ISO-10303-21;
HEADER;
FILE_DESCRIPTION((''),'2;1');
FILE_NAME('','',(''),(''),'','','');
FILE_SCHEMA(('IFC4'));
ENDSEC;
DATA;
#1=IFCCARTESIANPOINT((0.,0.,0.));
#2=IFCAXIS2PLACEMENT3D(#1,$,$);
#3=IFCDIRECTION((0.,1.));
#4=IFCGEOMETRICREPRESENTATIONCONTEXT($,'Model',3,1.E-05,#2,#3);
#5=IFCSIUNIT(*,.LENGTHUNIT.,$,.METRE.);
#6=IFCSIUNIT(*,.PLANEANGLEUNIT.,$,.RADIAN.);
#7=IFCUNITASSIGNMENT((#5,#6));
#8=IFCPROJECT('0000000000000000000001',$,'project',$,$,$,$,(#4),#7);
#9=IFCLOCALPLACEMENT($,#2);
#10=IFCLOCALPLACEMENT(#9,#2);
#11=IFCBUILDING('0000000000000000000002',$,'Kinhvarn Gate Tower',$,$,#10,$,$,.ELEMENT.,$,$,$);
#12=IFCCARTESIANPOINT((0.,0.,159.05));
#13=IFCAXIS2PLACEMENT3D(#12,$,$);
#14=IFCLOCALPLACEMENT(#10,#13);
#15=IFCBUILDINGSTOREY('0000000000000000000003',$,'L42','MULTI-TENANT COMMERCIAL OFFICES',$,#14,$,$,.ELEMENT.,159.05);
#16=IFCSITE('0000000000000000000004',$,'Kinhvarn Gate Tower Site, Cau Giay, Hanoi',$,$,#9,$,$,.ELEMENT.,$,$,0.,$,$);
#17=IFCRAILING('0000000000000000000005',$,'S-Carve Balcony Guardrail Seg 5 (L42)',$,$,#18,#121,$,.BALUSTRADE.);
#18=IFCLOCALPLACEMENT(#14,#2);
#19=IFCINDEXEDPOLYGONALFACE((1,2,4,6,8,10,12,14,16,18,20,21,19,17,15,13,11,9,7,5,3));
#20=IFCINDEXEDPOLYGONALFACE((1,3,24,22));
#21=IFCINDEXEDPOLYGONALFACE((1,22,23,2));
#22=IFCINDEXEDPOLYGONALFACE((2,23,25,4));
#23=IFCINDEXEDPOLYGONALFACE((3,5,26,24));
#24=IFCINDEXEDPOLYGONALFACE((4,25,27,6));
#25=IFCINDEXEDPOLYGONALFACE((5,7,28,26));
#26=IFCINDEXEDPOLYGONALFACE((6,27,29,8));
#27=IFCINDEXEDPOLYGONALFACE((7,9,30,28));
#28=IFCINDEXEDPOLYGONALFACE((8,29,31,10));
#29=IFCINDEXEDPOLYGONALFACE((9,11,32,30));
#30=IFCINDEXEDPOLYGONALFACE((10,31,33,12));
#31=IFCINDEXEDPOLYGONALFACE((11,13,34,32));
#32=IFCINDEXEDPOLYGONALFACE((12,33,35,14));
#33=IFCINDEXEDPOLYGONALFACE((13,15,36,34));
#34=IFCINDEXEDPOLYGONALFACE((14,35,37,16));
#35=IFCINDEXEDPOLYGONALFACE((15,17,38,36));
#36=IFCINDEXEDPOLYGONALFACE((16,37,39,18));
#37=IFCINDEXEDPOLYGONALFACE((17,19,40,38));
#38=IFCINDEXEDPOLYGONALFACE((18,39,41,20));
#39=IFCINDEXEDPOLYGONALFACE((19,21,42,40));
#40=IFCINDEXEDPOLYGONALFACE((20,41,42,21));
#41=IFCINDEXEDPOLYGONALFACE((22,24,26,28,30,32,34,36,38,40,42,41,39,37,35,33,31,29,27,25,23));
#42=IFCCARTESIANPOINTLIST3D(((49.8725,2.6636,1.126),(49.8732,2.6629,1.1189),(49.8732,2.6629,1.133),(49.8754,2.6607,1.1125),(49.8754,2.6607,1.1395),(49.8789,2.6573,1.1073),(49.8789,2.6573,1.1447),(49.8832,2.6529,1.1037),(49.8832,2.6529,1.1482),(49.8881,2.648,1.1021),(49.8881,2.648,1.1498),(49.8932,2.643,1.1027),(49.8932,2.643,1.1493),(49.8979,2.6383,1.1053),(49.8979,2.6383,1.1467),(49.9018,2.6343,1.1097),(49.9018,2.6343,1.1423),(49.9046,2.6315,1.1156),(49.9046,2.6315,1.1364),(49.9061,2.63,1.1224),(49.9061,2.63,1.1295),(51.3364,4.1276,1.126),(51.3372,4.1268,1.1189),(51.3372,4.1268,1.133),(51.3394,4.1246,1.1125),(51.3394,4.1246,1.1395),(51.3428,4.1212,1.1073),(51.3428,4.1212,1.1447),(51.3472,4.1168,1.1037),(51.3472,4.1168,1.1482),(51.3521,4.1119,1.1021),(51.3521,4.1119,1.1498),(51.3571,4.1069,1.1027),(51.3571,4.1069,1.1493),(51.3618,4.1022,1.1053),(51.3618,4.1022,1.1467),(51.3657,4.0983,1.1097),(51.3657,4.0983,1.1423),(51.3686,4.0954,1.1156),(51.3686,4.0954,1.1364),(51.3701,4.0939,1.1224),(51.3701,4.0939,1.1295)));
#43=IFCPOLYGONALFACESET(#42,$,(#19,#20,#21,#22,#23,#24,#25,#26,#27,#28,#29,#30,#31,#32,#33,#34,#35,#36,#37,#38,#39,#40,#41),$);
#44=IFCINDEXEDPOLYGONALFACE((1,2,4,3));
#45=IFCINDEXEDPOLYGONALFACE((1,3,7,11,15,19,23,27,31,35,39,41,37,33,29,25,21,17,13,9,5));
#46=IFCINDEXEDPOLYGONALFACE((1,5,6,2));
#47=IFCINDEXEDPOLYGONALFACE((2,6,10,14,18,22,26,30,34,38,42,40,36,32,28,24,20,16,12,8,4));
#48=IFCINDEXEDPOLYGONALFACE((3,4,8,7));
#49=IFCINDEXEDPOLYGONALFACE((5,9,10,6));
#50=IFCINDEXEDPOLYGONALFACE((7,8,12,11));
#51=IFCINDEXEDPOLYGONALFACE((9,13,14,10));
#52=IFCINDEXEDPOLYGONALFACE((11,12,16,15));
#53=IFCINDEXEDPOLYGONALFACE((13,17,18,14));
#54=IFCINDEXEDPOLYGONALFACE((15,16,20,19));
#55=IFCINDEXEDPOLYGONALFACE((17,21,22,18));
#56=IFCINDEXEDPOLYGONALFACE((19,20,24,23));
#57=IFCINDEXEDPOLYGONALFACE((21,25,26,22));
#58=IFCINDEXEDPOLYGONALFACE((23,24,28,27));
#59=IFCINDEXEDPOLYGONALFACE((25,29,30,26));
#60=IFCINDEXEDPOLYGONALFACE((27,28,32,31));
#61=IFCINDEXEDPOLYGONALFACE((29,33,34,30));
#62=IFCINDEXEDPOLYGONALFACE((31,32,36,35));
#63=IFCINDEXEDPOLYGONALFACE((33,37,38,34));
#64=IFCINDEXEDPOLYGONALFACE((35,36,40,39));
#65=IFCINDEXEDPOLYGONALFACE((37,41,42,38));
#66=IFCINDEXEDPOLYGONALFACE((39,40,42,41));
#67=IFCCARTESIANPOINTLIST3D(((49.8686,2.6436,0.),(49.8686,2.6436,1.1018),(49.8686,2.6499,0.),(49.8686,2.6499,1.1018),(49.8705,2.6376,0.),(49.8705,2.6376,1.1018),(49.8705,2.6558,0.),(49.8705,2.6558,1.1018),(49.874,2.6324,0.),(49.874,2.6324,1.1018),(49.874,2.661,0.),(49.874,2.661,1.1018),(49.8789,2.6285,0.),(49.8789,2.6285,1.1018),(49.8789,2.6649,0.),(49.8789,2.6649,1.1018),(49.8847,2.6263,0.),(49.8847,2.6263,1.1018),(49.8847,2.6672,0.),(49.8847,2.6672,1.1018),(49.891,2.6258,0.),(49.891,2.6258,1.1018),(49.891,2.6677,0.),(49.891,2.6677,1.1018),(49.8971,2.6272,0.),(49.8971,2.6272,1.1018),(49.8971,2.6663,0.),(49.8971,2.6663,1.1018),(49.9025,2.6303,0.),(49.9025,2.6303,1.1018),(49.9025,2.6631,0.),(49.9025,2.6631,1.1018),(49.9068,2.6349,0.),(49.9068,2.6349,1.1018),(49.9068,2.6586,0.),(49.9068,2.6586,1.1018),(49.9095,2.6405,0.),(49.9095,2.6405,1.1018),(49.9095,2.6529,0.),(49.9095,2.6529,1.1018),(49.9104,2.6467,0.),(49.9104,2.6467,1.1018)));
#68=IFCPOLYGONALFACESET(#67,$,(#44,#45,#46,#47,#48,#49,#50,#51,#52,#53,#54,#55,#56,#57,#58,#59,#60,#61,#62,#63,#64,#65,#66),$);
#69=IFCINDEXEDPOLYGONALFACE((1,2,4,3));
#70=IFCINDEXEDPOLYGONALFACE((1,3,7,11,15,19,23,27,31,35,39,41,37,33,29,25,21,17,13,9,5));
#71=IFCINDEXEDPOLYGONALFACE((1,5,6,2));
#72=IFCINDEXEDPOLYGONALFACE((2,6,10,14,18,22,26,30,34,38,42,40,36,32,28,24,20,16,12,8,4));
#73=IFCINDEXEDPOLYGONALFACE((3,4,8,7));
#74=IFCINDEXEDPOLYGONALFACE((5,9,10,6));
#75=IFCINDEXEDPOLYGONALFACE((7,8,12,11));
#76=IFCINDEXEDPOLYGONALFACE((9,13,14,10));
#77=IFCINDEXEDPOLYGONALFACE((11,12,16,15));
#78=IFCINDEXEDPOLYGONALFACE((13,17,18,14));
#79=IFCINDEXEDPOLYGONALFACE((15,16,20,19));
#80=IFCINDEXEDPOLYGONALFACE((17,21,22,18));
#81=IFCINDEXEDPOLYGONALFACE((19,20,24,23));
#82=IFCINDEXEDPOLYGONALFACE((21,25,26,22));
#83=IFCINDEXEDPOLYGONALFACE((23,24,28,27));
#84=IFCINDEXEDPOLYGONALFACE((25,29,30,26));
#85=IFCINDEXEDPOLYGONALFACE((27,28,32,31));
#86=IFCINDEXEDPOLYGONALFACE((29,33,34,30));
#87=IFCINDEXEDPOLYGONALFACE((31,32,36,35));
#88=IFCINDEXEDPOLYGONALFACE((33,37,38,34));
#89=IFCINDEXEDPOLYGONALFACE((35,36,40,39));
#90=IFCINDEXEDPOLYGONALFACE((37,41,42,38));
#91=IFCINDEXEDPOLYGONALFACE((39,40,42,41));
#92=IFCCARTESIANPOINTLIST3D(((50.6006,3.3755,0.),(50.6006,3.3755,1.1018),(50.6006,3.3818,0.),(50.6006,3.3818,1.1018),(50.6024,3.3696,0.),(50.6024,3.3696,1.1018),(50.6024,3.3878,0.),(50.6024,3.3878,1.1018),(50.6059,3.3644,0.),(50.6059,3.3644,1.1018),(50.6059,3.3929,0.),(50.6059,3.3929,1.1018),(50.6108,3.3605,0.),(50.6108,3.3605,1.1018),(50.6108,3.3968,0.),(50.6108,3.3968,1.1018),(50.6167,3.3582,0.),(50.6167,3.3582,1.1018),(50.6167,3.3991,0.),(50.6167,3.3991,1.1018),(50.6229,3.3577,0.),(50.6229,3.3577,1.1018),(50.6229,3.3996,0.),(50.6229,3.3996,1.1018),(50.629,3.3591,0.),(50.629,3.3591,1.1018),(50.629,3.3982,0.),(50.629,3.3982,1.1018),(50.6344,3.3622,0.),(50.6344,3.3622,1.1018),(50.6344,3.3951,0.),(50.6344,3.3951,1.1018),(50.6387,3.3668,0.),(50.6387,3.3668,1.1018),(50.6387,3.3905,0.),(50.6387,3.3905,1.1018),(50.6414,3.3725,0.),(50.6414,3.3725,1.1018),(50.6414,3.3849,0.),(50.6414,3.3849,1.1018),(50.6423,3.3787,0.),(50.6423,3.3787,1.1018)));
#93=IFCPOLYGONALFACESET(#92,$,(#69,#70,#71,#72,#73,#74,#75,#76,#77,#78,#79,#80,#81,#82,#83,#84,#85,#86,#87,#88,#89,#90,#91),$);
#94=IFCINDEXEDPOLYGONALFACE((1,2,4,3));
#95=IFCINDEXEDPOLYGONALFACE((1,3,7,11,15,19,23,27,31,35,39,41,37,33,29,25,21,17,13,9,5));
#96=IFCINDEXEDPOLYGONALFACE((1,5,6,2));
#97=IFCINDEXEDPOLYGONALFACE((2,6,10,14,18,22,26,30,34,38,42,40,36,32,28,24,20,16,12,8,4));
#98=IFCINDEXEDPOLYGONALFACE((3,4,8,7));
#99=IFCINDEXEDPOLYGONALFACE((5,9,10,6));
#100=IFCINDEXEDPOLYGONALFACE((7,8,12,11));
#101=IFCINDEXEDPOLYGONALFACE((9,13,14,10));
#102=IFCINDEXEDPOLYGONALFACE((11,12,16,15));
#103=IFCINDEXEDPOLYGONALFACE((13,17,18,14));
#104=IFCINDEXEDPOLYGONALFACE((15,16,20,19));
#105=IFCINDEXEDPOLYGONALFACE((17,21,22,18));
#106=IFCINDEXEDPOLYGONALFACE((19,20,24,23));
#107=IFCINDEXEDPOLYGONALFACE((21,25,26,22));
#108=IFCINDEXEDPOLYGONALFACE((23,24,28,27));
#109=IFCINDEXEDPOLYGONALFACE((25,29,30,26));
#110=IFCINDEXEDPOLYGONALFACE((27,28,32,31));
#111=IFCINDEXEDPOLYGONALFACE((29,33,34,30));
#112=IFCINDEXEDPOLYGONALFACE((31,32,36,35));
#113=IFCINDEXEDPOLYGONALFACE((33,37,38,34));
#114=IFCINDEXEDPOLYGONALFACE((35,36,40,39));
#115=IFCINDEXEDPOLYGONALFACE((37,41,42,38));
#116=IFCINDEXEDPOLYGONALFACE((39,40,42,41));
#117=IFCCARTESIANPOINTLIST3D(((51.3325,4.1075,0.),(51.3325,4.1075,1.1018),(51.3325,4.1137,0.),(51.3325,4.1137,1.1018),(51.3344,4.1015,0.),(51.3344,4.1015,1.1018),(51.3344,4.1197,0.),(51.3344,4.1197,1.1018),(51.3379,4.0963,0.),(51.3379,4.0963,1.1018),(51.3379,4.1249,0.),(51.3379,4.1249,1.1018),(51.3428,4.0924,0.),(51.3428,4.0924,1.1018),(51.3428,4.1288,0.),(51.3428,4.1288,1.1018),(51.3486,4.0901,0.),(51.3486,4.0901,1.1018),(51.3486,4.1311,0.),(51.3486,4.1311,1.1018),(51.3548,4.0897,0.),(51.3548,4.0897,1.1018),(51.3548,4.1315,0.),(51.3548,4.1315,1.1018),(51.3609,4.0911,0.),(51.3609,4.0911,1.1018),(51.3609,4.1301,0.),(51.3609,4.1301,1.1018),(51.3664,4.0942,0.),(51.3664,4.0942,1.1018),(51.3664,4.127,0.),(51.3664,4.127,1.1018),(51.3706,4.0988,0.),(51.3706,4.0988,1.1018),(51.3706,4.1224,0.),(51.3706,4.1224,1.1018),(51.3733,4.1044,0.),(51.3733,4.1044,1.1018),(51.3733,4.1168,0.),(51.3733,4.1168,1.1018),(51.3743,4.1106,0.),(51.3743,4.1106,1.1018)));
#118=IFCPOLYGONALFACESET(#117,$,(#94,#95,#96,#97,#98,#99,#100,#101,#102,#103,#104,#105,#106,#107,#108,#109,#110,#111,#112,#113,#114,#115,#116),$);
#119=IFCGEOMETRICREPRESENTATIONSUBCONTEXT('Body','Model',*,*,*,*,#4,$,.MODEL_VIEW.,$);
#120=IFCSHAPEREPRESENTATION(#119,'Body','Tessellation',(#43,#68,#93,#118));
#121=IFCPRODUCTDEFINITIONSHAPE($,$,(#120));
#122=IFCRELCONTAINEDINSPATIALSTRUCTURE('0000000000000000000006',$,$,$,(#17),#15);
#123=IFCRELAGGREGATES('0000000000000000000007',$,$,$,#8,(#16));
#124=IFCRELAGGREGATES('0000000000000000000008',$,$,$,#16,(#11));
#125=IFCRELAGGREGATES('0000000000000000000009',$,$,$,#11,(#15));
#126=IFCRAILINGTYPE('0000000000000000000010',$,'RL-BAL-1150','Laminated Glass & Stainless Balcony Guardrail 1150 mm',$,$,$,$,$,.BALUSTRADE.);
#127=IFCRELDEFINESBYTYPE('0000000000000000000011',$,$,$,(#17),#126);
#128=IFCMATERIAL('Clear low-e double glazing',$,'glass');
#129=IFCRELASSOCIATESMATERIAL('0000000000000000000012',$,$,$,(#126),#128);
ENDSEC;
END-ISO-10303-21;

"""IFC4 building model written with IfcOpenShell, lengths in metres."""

from ifc_helpers import new_model, si_unit, direction, frame, origin, origin_2d, place, context, subcontext, project, spatial, circle, extrude, material, type_object, element, save


model = new_model("IFC4")

# Units and contexts
model_context = context("Model", 3, precision=1e-05, world=origin(), true_north=direction((0.0, 1.0)))
body_context = subcontext(model_context, "Body", "Model", "MODEL_VIEW")
ifc_project = project(units=[si_unit("LENGTHUNIT", "METRE"), si_unit("PLANEANGLEUNIT", "RADIAN")], contexts=[model_context])

# Site, building, storey
site_placement = place(None, origin())
site = spatial("IfcSite", under=ifc_project, at=site_placement, Name="Kinhvarn Gate Tower Site, Cau Giay, Hanoi", CompositionType="ELEMENT", RefElevation=0.0)
building_placement = place(site_placement, origin())
building = spatial("IfcBuilding", under=site, at=building_placement, Name="Kinhvarn Gate Tower", CompositionType="ELEMENT")
storey_placement = place(building_placement, frame((0.0, 0.0, 159.05)))
storey = spatial("IfcBuildingStorey", under=building, at=storey_placement, Name="L42", Description="MULTI-TENANT COMMERCIAL OFFICES", CompositionType="ELEMENT", Elevation=159.05)

# Shared definitions
ifc_material_1 = material(Name="Clear low-e double glazing", Category="glass")

# Railing
railing_type = type_object("IfcRailingType", Name="RL-BAL-1150", Description="Laminated Glass & Stainless Balcony Guardrail 1150 mm", PredefinedType="BALUSTRADE", material=ifc_material_1)
railing_1_placement = place(storey_placement, frame((49.8894, 2.6467, 0.0)))
element("IfcRailing", 1, at=railing_1_placement, inside=storey, type_object=railing_type, Name="S-Carve Balcony Guardrail Seg 5 (L42)", PredefinedType="BALUSTRADE", context=body_context, shape_type="SweptSolid", body=[
    extrude(circle(Radius=0.0239, at=origin_2d()), frame((0.0, 0.0, 1.126), z_axis=(0.707107, 0.707107, 0.0), x_axis=(-0.707107, 0.707107, 0.0)), (0.0, 0.0, 1.0), 2.0703),
    extrude(circle(Radius=0.021, at=origin_2d()), origin(), (0.0, 0.0, 1.0), 1.1018),
    extrude(circle(Radius=0.021, at=origin_2d()), frame((0.7319, 0.7319, 0.0)), (0.0, 0.0, 1.0), 1.1018),
    extrude(circle(Radius=0.021, at=origin_2d()), frame((1.4639, 1.4639, 0.0)), (0.0, 0.0, 1.0), 1.1018),
])

save(model, "model.ifc")
